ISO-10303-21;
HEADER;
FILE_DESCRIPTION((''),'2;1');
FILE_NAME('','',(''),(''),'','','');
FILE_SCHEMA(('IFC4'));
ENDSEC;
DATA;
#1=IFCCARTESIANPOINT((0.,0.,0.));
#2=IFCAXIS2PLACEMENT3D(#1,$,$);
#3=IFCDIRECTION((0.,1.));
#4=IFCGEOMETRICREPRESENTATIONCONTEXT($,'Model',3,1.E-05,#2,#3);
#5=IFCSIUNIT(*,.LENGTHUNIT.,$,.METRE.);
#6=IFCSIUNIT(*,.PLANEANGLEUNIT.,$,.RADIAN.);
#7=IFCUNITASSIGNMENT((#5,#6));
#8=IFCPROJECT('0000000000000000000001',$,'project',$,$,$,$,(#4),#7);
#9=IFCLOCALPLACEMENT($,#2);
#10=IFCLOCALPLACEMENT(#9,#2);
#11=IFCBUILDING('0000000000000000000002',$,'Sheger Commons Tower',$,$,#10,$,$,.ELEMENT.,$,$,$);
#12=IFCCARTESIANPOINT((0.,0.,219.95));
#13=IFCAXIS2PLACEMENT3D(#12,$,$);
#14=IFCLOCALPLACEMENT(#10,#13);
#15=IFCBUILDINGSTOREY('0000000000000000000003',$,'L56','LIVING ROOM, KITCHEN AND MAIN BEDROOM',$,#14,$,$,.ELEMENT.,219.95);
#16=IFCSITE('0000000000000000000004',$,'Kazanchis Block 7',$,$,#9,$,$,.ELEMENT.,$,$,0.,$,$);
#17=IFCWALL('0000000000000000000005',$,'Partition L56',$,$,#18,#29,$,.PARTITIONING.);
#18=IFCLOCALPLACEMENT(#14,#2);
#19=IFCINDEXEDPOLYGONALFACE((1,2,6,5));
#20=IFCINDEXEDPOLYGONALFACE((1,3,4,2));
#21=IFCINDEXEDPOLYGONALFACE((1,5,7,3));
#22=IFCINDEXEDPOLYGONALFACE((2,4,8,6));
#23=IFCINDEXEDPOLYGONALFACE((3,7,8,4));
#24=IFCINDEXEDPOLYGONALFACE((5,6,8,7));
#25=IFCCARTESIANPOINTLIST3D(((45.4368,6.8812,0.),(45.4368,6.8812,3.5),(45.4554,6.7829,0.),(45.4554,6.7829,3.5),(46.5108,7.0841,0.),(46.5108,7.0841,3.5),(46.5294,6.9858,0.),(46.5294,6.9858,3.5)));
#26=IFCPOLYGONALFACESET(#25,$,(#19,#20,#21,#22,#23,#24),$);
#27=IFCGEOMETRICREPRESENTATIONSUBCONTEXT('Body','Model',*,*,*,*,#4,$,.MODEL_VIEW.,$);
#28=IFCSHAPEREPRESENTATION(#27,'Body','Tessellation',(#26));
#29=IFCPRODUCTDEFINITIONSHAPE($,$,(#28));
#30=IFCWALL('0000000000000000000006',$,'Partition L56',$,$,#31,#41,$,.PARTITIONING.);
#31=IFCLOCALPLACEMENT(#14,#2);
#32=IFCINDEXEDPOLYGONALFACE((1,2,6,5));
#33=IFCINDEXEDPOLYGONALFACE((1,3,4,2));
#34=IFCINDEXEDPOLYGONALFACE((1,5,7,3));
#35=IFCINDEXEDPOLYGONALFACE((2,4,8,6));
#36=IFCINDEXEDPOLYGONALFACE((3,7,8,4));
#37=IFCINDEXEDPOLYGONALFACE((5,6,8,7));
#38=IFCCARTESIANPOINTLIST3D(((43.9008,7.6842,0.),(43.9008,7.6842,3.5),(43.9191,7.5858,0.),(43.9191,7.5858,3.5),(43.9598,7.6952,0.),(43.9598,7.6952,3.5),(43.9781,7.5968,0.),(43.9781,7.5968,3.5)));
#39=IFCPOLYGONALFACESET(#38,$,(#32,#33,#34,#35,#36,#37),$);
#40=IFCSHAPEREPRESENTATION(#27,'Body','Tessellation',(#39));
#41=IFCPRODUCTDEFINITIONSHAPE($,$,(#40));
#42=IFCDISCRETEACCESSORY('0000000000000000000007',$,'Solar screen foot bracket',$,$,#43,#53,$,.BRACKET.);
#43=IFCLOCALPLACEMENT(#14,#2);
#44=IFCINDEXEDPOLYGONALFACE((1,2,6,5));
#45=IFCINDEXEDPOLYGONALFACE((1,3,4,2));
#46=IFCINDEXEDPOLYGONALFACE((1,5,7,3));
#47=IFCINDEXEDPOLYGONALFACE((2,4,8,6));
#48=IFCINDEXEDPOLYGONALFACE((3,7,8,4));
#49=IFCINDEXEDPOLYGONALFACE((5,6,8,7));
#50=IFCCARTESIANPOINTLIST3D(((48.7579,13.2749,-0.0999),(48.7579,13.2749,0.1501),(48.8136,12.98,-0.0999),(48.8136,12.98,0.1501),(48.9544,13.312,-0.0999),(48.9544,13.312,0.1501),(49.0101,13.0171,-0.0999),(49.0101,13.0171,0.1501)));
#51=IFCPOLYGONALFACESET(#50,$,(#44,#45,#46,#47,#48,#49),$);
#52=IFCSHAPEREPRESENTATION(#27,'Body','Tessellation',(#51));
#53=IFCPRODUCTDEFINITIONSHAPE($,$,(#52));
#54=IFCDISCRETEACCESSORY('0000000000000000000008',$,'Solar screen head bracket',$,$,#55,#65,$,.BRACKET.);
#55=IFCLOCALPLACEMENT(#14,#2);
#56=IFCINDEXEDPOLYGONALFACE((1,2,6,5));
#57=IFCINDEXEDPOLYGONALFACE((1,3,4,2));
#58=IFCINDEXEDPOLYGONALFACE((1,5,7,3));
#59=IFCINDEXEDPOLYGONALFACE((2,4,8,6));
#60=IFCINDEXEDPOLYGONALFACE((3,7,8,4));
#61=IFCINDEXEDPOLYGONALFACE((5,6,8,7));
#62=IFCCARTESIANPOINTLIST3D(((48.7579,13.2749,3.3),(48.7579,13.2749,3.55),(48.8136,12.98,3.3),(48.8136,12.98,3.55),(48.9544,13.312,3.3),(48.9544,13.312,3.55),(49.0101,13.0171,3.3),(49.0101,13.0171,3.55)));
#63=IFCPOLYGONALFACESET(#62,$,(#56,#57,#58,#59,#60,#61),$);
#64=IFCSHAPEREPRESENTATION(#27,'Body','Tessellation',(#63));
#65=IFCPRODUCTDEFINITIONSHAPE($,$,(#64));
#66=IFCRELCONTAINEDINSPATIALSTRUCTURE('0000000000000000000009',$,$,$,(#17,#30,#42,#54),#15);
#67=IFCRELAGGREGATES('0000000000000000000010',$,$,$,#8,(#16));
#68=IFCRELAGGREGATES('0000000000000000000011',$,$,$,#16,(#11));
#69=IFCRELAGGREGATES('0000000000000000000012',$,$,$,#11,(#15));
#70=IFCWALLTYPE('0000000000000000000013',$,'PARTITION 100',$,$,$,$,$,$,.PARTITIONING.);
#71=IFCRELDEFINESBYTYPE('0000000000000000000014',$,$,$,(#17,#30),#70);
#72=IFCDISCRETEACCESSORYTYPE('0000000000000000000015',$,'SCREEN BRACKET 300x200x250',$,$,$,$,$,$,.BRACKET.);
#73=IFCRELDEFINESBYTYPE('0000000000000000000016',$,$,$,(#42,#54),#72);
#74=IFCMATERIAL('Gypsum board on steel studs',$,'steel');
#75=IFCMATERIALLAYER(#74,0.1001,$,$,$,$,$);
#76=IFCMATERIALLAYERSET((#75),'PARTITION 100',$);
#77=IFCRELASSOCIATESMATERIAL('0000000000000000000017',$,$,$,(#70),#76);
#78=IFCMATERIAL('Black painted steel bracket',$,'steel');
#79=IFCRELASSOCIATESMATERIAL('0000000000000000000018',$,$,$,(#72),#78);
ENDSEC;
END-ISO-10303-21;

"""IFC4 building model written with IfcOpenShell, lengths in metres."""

from ifc_helpers import new_model, si_unit, direction, frame, frame_2d, origin, origin_2d, place, context, subcontext, project, spatial, rectangle, extrude, material, layer, layer_set, type_object, element, save


model = new_model("IFC4")

# Units and contexts
model_context = context("Model", 3, precision=1e-05, world=origin(), true_north=direction((0.0, 1.0)))
body_context = subcontext(model_context, "Body", "Model", "MODEL_VIEW")
ifc_project = project(units=[si_unit("LENGTHUNIT", "METRE"), si_unit("PLANEANGLEUNIT", "RADIAN")], contexts=[model_context])

# Site, building, storey
site_placement = place(None, origin())
site = spatial("IfcSite", under=ifc_project, at=site_placement, Name="Kazanchis Block 7", CompositionType="ELEMENT", RefElevation=0.0)
building_placement = place(site_placement, origin())
building = spatial("IfcBuilding", under=site, at=building_placement, Name="Sheger Commons Tower", CompositionType="ELEMENT")
storey_placement = place(building_placement, frame((0.0, 0.0, 219.95)))
storey = spatial("IfcBuildingStorey", under=building, at=storey_placement, Name="L56", Description="LIVING ROOM, KITCHEN AND MAIN BEDROOM", CompositionType="ELEMENT", Elevation=219.95)

# Shared definitions
ifc_material_1 = material(Name="Gypsum board on steel studs", Category="steel")
ifc_layer_1 = layer(ifc_material_1, 0.1001)
ifc_layer_set_1 = layer_set([ifc_layer_1], Name="PARTITION 100")
wall_type_1 = type_object("IfcWallType", Name="PARTITION 100", PredefinedType="PARTITIONING", material=ifc_layer_set_1)

# Walls
wall_1_placement = place(storey_placement, frame((46.52, 7.0349, 0.0), z_axis=(0.0, 0.0, 1.0), x_axis=(-0.982621, -0.185624, 0.0)))
element("IfcWall", 1, at=wall_1_placement, inside=storey, type_object=wall_type_1, Name="Partition L56", PredefinedType="PARTITIONING", context=body_context, shape_type="SweptSolid", body=[
    extrude(rectangle(XDim=1.093, YDim=0.1001, at=frame_2d((0.5464, 0.0))), origin(), (0.0, 0.0, 1.0), 3.5),
])
wall_2_placement = place(storey_placement, frame((43.969, 7.646, 0.0), z_axis=(0.0, 0.0, 1.0), x_axis=(-0.983147, -0.182817, 0.0)))
element("IfcWall", 2, at=wall_2_placement, inside=storey, type_object=wall_type_1, Name="Partition L56", PredefinedType="PARTITIONING", context=body_context, shape_type="SweptSolid", body=[
    extrude(rectangle(XDim=0.0601, YDim=0.1001, at=frame_2d((0.03, 0.0))), origin(), (0.0, 0.0, 1.0), 3.5),
])

# Discrete accessories
ifc_material_2 = material(Name="Black painted steel bracket", Category="steel")
discrete_accessory_type = type_object("IfcDiscreteAccessoryType", Name="SCREEN BRACKET 300x200x250", PredefinedType="BRACKET", material=ifc_material_2)
for number, where, z_axis, x_axis, name in (
    (3, (48.884, 13.146, -0.0999), (0.0, 0.0, 1.0), (-0.185615, 0.982623, 0.0), "Solar screen foot bracket"),
    (4, (48.884, 13.146, 3.3), (0.0, 0.0, 1.0), (-0.185615, 0.982623, 0.0), "Solar screen head bracket"),
):
    element("IfcDiscreteAccessory", number, at=place(storey_placement, frame(where, z_axis=z_axis, x_axis=x_axis)), inside=storey, type_object=discrete_accessory_type, Name=name, PredefinedType="BRACKET", context=body_context, shape_type="SweptSolid", body=[
        extrude(rectangle(XDim=0.3, YDim=0.2, at=origin_2d()), origin(), (0.0, 0.0, 1.0), 0.25),
    ])

save(model, "model.ifc")
